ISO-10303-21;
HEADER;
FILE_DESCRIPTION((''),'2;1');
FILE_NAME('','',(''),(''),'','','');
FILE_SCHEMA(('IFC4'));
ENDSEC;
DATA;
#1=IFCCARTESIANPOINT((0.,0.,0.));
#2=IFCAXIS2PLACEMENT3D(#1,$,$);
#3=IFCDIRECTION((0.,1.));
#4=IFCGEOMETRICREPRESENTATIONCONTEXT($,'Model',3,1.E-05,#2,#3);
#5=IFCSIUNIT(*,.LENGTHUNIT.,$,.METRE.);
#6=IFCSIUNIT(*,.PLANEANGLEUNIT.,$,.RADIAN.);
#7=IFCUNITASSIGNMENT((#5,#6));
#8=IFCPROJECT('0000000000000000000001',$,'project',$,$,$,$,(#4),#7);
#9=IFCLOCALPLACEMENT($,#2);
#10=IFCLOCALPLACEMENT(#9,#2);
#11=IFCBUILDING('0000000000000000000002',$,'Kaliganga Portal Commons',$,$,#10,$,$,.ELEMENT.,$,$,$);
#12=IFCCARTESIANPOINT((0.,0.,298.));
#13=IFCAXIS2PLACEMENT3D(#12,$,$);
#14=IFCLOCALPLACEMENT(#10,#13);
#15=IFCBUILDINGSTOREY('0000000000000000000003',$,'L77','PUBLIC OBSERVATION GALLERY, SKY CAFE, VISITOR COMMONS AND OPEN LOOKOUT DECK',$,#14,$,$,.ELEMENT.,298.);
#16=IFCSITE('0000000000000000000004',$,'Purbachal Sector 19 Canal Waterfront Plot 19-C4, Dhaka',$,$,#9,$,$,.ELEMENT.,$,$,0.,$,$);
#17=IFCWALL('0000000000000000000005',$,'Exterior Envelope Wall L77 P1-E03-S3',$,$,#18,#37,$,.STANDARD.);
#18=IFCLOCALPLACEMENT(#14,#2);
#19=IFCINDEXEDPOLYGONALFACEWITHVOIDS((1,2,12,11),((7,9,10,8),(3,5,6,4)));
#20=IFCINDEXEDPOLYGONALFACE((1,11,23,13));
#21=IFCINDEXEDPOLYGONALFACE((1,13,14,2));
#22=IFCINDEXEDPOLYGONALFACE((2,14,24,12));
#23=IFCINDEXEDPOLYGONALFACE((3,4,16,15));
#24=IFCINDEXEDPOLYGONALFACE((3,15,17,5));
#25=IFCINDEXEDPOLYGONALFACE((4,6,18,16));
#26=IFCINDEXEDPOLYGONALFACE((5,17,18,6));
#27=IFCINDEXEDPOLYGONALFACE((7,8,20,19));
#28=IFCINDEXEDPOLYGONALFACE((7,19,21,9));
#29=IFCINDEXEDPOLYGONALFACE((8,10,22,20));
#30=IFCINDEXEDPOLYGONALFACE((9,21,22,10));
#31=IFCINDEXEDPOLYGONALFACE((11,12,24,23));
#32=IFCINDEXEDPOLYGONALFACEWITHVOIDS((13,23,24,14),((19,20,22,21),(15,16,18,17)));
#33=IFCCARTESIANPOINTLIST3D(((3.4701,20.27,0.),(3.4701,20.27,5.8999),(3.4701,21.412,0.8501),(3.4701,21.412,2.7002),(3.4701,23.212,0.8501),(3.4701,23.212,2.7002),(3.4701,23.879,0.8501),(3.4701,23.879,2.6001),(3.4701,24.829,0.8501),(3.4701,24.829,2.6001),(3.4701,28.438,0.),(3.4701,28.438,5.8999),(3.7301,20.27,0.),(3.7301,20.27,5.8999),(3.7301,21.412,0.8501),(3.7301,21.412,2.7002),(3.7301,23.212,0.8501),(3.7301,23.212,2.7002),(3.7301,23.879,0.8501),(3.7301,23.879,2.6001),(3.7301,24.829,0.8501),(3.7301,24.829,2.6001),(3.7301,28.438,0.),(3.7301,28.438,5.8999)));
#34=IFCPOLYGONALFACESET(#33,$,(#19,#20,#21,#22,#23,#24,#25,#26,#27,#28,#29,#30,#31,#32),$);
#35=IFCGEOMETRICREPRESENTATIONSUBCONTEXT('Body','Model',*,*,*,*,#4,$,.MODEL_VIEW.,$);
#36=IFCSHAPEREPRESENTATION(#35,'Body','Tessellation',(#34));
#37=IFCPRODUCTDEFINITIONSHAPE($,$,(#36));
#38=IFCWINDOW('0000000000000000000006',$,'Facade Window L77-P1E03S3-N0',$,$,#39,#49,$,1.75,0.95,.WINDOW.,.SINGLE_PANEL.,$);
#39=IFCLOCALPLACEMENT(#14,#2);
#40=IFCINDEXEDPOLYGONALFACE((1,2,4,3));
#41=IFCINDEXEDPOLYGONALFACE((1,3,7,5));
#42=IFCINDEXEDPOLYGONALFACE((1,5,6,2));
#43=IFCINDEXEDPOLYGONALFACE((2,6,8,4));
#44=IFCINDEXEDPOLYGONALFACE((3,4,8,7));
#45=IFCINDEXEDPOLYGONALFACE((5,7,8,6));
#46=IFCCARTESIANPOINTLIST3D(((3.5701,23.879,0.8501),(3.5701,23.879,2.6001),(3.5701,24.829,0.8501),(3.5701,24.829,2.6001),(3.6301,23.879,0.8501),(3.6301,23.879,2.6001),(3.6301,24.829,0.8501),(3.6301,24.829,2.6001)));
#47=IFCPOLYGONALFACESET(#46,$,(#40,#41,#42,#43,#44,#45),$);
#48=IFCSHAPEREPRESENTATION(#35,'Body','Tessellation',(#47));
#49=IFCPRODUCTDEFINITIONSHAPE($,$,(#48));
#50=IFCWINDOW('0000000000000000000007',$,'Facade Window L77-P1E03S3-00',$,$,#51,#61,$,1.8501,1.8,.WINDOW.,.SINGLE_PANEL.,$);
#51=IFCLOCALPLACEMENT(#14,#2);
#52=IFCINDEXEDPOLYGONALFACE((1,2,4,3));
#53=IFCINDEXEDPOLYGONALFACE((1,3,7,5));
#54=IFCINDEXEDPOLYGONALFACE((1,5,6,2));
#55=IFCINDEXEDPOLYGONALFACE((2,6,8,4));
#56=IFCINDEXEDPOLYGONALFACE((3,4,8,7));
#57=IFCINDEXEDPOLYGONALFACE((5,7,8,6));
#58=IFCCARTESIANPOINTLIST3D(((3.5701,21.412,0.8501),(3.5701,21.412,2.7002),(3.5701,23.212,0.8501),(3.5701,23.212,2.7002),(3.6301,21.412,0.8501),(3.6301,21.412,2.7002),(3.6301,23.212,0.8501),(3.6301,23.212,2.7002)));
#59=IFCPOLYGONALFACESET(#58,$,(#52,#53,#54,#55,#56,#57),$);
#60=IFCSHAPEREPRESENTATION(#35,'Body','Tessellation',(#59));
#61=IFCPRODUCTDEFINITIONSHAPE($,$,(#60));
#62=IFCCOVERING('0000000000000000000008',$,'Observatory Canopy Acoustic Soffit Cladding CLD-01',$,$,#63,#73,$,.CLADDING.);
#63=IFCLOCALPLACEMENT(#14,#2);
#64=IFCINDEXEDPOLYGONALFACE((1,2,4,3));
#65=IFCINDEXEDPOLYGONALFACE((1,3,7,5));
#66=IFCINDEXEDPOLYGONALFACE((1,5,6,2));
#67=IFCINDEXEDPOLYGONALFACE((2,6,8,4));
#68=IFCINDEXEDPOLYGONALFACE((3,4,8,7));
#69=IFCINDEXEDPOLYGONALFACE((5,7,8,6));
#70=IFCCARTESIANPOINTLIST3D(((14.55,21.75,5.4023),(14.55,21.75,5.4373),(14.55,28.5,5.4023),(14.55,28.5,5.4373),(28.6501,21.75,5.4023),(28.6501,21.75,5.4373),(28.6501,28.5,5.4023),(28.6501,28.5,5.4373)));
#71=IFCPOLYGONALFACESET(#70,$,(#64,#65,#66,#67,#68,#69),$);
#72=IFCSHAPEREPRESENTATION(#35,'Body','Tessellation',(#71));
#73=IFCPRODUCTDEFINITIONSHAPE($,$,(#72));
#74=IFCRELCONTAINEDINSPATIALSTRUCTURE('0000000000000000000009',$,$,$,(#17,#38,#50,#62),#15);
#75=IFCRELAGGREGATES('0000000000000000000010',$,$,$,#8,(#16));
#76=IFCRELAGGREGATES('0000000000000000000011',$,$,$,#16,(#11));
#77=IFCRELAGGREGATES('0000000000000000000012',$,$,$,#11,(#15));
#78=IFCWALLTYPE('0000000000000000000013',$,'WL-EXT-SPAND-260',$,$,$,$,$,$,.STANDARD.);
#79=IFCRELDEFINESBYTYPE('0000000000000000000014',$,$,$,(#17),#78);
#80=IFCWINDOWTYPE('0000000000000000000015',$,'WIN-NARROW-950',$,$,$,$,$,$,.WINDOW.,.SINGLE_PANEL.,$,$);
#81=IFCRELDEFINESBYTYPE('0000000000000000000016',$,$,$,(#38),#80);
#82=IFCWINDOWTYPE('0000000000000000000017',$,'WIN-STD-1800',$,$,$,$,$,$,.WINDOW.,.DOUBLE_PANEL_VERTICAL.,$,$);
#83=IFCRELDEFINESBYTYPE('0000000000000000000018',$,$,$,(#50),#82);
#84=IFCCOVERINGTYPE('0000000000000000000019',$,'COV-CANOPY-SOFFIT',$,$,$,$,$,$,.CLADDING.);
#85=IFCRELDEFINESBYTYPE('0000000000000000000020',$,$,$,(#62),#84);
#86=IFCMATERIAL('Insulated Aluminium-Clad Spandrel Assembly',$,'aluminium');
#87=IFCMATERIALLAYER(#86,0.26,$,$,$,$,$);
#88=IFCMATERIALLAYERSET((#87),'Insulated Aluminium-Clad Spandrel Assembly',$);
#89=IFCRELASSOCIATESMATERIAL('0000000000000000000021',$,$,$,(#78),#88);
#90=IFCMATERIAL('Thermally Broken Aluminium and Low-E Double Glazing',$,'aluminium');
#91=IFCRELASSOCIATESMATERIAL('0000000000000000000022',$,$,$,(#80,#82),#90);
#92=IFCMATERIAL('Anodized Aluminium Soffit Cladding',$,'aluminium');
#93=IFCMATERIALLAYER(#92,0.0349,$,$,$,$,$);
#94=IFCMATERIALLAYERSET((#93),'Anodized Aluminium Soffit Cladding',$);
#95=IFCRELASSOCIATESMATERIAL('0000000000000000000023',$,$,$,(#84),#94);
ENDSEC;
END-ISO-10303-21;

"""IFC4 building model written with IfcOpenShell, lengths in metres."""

from ifc_helpers import new_model, si_unit, direction, frame, frame_2d, origin, origin_2d, place, context, subcontext, project, spatial, rectangle, extrude, source, transform, mapped, material, layer, layer_set, type_object, element, fill, save


model = new_model("IFC4")

# Units and contexts
model_context = context("Model", 3, precision=1e-05, world=origin(), true_north=direction((0.0, 1.0)))
body_context = subcontext(model_context, "Body", "Model", "MODEL_VIEW")
ifc_project = project(units=[si_unit("LENGTHUNIT", "METRE"), si_unit("PLANEANGLEUNIT", "RADIAN")], contexts=[model_context])

# Site, building, storey
site_placement = place(None, origin())
site = spatial("IfcSite", under=ifc_project, at=site_placement, Name="Purbachal Sector 19 Canal Waterfront Plot 19-C4, Dhaka", CompositionType="ELEMENT", RefElevation=0.0)
building_placement = place(site_placement, origin())
building = spatial("IfcBuilding", under=site, at=building_placement, Name="Kaliganga Portal Commons", CompositionType="ELEMENT")
storey_placement = place(building_placement, frame((0.0, 0.0, 298.0)))
storey = spatial("IfcBuildingStorey", under=building, at=storey_placement, Name="L77", Description="PUBLIC OBSERVATION GALLERY, SKY CAFE, VISITOR COMMONS AND OPEN LOOKOUT DECK", CompositionType="ELEMENT", Elevation=298.0)

# Wall, openings, windows
ifc_material_1 = material(Name="Insulated Aluminium-Clad Spandrel Assembly", Category="aluminium")
ifc_layer_1 = layer(ifc_material_1, 0.26)
ifc_layer_set_1 = layer_set([ifc_layer_1], Name="Insulated Aluminium-Clad Spandrel Assembly")
wall_type = type_object("IfcWallType", Name="WL-EXT-SPAND-260", PredefinedType="STANDARD", material=ifc_layer_set_1)
wall_placement = place(storey_placement, frame((3.6001, 20.27, 0.0), z_axis=(0.0, 0.0, 1.0), x_axis=(0.0, 1.0, 0.0)))
wall = element("IfcWall", 1, at=wall_placement, inside=storey, type_object=wall_type, Name="Exterior Envelope Wall L77 P1-E03-S3", PredefinedType="STANDARD", context=body_context, shape_type="SweptSolid", body=[
    extrude(rectangle(XDim=8.168, YDim=0.26, at=frame_2d((4.084, 0.0))), origin(), (0.0, 0.0, 1.0), 5.8999),
])
opening_1_placement = place(wall_placement, frame((1.1421, 0.0, 0.8501)))
opening_1 = element("IfcOpeningElement", 2, at=opening_1_placement, cuts=wall, PredefinedType="OPENING", context=body_context, shape_type="SweptSolid", body=[
    extrude(rectangle(XDim=1.8, YDim=1.8501, at=frame_2d((0.8999, 0.925))), frame((0.0, 0.1401, 0.0), z_axis=(0.0, -1.0, 0.0), x_axis=(1.0, 0.0, 0.0)), (0.0, 0.0, 1.0), 0.28),
])
opening_2_placement = place(wall_placement, frame((3.6089, 0.0, 0.8501)))
opening_2 = element("IfcOpeningElement", 3, at=opening_2_placement, cuts=wall, PredefinedType="OPENING", context=body_context, shape_type="SweptSolid", body=[
    extrude(rectangle(XDim=0.95, YDim=1.75, at=frame_2d((0.4751, 0.875))), frame((0.0, 0.1401, 0.0), z_axis=(0.0, -1.0, 0.0), x_axis=(1.0, 0.0, 0.0)), (0.0, 0.0, 1.0), 0.28),
])
ifc_material_2 = material(Name="Thermally Broken Aluminium and Low-E Double Glazing", Category="aluminium")
window_type_1 = type_object("IfcWindowType", Name="WIN-NARROW-950", PartitioningType="SINGLE_PANEL", PredefinedType="WINDOW", material=ifc_material_2)
window_1_placement = place(opening_2_placement, origin())
window_1 = element("IfcWindow", 4, at=window_1_placement, inside=storey, type_object=window_type_1, Name="Facade Window L77-P1E03S3-N0", OverallHeight=1.75, OverallWidth=0.95, PartitioningType="SINGLE_PANEL", PredefinedType="WINDOW", context=body_context, shape_type="SweptSolid", body=[
    extrude(rectangle(XDim=0.95, YDim=1.75, at=frame_2d((0.4751, 0.875))), frame((0.0, 0.03, 0.0), z_axis=(0.0, -1.0, 0.0), x_axis=(1.0, 0.0, 0.0)), (0.0, 0.0, 1.0), 0.0601),
])
fill(opening_2, window_1)
window_type_2 = type_object("IfcWindowType", Name="WIN-STD-1800", PartitioningType="DOUBLE_PANEL_VERTICAL", PredefinedType="WINDOW", material=ifc_material_2)
window_2_placement = place(opening_1_placement, origin())
window_2 = element("IfcWindow", 5, at=window_2_placement, inside=storey, type_object=window_type_2, Name="Facade Window L77-P1E03S3-00", OverallHeight=1.8501, OverallWidth=1.8, PartitioningType="SINGLE_PANEL", PredefinedType="WINDOW", context=body_context, shape_type="SweptSolid", body=[
    extrude(rectangle(XDim=1.8, YDim=1.8501, at=frame_2d((0.8999, 0.925))), frame((0.0, 0.03, 0.0), z_axis=(0.0, -1.0, 0.0), x_axis=(1.0, 0.0, 0.0)), (0.0, 0.0, 1.0), 0.0601),
])
fill(opening_1, window_2)

# Covering
ifc_material_3 = material(Name="Anodized Aluminium Soffit Cladding", Category="aluminium")
ifc_layer_2 = layer(ifc_material_3, 0.0349)
ifc_layer_set_2 = layer_set([ifc_layer_2], Name="Anodized Aluminium Soffit Cladding")
covering_type = type_object("IfcCoveringType", Name="COV-CANOPY-SOFFIT", PredefinedType="CLADDING", material=ifc_layer_set_2)
shared_shape_1 = source(origin(), body_context, "Body", "SweptSolid", [
    extrude(rectangle(XDim=14.1001, YDim=6.75, at=origin_2d()), origin(), (0.0, 0.0, 1.0), 0.0349),
])
covering_placement = place(storey_placement, frame((21.6001, 25.125, 5.4023), z_axis=(0.0, 0.0, 1.0), x_axis=(1.0, 0.0, 0.0)))
element("IfcCovering", 6, at=covering_placement, inside=storey, type_object=covering_type, Name="Observatory Canopy Acoustic Soffit Cladding CLD-01", PredefinedType="CLADDING", context=body_context, shape_type="MappedRepresentation", body=[
    mapped(shared_shape_1, transform((0.0, 0.0, 0.0), x_axis=(1.0, 0.0, 0.0), y_axis=(0.0, 1.0, 0.0), z_axis=(0.0, 0.0, 1.0), scale=1.0)),
])

save(model, "model.ifc")
